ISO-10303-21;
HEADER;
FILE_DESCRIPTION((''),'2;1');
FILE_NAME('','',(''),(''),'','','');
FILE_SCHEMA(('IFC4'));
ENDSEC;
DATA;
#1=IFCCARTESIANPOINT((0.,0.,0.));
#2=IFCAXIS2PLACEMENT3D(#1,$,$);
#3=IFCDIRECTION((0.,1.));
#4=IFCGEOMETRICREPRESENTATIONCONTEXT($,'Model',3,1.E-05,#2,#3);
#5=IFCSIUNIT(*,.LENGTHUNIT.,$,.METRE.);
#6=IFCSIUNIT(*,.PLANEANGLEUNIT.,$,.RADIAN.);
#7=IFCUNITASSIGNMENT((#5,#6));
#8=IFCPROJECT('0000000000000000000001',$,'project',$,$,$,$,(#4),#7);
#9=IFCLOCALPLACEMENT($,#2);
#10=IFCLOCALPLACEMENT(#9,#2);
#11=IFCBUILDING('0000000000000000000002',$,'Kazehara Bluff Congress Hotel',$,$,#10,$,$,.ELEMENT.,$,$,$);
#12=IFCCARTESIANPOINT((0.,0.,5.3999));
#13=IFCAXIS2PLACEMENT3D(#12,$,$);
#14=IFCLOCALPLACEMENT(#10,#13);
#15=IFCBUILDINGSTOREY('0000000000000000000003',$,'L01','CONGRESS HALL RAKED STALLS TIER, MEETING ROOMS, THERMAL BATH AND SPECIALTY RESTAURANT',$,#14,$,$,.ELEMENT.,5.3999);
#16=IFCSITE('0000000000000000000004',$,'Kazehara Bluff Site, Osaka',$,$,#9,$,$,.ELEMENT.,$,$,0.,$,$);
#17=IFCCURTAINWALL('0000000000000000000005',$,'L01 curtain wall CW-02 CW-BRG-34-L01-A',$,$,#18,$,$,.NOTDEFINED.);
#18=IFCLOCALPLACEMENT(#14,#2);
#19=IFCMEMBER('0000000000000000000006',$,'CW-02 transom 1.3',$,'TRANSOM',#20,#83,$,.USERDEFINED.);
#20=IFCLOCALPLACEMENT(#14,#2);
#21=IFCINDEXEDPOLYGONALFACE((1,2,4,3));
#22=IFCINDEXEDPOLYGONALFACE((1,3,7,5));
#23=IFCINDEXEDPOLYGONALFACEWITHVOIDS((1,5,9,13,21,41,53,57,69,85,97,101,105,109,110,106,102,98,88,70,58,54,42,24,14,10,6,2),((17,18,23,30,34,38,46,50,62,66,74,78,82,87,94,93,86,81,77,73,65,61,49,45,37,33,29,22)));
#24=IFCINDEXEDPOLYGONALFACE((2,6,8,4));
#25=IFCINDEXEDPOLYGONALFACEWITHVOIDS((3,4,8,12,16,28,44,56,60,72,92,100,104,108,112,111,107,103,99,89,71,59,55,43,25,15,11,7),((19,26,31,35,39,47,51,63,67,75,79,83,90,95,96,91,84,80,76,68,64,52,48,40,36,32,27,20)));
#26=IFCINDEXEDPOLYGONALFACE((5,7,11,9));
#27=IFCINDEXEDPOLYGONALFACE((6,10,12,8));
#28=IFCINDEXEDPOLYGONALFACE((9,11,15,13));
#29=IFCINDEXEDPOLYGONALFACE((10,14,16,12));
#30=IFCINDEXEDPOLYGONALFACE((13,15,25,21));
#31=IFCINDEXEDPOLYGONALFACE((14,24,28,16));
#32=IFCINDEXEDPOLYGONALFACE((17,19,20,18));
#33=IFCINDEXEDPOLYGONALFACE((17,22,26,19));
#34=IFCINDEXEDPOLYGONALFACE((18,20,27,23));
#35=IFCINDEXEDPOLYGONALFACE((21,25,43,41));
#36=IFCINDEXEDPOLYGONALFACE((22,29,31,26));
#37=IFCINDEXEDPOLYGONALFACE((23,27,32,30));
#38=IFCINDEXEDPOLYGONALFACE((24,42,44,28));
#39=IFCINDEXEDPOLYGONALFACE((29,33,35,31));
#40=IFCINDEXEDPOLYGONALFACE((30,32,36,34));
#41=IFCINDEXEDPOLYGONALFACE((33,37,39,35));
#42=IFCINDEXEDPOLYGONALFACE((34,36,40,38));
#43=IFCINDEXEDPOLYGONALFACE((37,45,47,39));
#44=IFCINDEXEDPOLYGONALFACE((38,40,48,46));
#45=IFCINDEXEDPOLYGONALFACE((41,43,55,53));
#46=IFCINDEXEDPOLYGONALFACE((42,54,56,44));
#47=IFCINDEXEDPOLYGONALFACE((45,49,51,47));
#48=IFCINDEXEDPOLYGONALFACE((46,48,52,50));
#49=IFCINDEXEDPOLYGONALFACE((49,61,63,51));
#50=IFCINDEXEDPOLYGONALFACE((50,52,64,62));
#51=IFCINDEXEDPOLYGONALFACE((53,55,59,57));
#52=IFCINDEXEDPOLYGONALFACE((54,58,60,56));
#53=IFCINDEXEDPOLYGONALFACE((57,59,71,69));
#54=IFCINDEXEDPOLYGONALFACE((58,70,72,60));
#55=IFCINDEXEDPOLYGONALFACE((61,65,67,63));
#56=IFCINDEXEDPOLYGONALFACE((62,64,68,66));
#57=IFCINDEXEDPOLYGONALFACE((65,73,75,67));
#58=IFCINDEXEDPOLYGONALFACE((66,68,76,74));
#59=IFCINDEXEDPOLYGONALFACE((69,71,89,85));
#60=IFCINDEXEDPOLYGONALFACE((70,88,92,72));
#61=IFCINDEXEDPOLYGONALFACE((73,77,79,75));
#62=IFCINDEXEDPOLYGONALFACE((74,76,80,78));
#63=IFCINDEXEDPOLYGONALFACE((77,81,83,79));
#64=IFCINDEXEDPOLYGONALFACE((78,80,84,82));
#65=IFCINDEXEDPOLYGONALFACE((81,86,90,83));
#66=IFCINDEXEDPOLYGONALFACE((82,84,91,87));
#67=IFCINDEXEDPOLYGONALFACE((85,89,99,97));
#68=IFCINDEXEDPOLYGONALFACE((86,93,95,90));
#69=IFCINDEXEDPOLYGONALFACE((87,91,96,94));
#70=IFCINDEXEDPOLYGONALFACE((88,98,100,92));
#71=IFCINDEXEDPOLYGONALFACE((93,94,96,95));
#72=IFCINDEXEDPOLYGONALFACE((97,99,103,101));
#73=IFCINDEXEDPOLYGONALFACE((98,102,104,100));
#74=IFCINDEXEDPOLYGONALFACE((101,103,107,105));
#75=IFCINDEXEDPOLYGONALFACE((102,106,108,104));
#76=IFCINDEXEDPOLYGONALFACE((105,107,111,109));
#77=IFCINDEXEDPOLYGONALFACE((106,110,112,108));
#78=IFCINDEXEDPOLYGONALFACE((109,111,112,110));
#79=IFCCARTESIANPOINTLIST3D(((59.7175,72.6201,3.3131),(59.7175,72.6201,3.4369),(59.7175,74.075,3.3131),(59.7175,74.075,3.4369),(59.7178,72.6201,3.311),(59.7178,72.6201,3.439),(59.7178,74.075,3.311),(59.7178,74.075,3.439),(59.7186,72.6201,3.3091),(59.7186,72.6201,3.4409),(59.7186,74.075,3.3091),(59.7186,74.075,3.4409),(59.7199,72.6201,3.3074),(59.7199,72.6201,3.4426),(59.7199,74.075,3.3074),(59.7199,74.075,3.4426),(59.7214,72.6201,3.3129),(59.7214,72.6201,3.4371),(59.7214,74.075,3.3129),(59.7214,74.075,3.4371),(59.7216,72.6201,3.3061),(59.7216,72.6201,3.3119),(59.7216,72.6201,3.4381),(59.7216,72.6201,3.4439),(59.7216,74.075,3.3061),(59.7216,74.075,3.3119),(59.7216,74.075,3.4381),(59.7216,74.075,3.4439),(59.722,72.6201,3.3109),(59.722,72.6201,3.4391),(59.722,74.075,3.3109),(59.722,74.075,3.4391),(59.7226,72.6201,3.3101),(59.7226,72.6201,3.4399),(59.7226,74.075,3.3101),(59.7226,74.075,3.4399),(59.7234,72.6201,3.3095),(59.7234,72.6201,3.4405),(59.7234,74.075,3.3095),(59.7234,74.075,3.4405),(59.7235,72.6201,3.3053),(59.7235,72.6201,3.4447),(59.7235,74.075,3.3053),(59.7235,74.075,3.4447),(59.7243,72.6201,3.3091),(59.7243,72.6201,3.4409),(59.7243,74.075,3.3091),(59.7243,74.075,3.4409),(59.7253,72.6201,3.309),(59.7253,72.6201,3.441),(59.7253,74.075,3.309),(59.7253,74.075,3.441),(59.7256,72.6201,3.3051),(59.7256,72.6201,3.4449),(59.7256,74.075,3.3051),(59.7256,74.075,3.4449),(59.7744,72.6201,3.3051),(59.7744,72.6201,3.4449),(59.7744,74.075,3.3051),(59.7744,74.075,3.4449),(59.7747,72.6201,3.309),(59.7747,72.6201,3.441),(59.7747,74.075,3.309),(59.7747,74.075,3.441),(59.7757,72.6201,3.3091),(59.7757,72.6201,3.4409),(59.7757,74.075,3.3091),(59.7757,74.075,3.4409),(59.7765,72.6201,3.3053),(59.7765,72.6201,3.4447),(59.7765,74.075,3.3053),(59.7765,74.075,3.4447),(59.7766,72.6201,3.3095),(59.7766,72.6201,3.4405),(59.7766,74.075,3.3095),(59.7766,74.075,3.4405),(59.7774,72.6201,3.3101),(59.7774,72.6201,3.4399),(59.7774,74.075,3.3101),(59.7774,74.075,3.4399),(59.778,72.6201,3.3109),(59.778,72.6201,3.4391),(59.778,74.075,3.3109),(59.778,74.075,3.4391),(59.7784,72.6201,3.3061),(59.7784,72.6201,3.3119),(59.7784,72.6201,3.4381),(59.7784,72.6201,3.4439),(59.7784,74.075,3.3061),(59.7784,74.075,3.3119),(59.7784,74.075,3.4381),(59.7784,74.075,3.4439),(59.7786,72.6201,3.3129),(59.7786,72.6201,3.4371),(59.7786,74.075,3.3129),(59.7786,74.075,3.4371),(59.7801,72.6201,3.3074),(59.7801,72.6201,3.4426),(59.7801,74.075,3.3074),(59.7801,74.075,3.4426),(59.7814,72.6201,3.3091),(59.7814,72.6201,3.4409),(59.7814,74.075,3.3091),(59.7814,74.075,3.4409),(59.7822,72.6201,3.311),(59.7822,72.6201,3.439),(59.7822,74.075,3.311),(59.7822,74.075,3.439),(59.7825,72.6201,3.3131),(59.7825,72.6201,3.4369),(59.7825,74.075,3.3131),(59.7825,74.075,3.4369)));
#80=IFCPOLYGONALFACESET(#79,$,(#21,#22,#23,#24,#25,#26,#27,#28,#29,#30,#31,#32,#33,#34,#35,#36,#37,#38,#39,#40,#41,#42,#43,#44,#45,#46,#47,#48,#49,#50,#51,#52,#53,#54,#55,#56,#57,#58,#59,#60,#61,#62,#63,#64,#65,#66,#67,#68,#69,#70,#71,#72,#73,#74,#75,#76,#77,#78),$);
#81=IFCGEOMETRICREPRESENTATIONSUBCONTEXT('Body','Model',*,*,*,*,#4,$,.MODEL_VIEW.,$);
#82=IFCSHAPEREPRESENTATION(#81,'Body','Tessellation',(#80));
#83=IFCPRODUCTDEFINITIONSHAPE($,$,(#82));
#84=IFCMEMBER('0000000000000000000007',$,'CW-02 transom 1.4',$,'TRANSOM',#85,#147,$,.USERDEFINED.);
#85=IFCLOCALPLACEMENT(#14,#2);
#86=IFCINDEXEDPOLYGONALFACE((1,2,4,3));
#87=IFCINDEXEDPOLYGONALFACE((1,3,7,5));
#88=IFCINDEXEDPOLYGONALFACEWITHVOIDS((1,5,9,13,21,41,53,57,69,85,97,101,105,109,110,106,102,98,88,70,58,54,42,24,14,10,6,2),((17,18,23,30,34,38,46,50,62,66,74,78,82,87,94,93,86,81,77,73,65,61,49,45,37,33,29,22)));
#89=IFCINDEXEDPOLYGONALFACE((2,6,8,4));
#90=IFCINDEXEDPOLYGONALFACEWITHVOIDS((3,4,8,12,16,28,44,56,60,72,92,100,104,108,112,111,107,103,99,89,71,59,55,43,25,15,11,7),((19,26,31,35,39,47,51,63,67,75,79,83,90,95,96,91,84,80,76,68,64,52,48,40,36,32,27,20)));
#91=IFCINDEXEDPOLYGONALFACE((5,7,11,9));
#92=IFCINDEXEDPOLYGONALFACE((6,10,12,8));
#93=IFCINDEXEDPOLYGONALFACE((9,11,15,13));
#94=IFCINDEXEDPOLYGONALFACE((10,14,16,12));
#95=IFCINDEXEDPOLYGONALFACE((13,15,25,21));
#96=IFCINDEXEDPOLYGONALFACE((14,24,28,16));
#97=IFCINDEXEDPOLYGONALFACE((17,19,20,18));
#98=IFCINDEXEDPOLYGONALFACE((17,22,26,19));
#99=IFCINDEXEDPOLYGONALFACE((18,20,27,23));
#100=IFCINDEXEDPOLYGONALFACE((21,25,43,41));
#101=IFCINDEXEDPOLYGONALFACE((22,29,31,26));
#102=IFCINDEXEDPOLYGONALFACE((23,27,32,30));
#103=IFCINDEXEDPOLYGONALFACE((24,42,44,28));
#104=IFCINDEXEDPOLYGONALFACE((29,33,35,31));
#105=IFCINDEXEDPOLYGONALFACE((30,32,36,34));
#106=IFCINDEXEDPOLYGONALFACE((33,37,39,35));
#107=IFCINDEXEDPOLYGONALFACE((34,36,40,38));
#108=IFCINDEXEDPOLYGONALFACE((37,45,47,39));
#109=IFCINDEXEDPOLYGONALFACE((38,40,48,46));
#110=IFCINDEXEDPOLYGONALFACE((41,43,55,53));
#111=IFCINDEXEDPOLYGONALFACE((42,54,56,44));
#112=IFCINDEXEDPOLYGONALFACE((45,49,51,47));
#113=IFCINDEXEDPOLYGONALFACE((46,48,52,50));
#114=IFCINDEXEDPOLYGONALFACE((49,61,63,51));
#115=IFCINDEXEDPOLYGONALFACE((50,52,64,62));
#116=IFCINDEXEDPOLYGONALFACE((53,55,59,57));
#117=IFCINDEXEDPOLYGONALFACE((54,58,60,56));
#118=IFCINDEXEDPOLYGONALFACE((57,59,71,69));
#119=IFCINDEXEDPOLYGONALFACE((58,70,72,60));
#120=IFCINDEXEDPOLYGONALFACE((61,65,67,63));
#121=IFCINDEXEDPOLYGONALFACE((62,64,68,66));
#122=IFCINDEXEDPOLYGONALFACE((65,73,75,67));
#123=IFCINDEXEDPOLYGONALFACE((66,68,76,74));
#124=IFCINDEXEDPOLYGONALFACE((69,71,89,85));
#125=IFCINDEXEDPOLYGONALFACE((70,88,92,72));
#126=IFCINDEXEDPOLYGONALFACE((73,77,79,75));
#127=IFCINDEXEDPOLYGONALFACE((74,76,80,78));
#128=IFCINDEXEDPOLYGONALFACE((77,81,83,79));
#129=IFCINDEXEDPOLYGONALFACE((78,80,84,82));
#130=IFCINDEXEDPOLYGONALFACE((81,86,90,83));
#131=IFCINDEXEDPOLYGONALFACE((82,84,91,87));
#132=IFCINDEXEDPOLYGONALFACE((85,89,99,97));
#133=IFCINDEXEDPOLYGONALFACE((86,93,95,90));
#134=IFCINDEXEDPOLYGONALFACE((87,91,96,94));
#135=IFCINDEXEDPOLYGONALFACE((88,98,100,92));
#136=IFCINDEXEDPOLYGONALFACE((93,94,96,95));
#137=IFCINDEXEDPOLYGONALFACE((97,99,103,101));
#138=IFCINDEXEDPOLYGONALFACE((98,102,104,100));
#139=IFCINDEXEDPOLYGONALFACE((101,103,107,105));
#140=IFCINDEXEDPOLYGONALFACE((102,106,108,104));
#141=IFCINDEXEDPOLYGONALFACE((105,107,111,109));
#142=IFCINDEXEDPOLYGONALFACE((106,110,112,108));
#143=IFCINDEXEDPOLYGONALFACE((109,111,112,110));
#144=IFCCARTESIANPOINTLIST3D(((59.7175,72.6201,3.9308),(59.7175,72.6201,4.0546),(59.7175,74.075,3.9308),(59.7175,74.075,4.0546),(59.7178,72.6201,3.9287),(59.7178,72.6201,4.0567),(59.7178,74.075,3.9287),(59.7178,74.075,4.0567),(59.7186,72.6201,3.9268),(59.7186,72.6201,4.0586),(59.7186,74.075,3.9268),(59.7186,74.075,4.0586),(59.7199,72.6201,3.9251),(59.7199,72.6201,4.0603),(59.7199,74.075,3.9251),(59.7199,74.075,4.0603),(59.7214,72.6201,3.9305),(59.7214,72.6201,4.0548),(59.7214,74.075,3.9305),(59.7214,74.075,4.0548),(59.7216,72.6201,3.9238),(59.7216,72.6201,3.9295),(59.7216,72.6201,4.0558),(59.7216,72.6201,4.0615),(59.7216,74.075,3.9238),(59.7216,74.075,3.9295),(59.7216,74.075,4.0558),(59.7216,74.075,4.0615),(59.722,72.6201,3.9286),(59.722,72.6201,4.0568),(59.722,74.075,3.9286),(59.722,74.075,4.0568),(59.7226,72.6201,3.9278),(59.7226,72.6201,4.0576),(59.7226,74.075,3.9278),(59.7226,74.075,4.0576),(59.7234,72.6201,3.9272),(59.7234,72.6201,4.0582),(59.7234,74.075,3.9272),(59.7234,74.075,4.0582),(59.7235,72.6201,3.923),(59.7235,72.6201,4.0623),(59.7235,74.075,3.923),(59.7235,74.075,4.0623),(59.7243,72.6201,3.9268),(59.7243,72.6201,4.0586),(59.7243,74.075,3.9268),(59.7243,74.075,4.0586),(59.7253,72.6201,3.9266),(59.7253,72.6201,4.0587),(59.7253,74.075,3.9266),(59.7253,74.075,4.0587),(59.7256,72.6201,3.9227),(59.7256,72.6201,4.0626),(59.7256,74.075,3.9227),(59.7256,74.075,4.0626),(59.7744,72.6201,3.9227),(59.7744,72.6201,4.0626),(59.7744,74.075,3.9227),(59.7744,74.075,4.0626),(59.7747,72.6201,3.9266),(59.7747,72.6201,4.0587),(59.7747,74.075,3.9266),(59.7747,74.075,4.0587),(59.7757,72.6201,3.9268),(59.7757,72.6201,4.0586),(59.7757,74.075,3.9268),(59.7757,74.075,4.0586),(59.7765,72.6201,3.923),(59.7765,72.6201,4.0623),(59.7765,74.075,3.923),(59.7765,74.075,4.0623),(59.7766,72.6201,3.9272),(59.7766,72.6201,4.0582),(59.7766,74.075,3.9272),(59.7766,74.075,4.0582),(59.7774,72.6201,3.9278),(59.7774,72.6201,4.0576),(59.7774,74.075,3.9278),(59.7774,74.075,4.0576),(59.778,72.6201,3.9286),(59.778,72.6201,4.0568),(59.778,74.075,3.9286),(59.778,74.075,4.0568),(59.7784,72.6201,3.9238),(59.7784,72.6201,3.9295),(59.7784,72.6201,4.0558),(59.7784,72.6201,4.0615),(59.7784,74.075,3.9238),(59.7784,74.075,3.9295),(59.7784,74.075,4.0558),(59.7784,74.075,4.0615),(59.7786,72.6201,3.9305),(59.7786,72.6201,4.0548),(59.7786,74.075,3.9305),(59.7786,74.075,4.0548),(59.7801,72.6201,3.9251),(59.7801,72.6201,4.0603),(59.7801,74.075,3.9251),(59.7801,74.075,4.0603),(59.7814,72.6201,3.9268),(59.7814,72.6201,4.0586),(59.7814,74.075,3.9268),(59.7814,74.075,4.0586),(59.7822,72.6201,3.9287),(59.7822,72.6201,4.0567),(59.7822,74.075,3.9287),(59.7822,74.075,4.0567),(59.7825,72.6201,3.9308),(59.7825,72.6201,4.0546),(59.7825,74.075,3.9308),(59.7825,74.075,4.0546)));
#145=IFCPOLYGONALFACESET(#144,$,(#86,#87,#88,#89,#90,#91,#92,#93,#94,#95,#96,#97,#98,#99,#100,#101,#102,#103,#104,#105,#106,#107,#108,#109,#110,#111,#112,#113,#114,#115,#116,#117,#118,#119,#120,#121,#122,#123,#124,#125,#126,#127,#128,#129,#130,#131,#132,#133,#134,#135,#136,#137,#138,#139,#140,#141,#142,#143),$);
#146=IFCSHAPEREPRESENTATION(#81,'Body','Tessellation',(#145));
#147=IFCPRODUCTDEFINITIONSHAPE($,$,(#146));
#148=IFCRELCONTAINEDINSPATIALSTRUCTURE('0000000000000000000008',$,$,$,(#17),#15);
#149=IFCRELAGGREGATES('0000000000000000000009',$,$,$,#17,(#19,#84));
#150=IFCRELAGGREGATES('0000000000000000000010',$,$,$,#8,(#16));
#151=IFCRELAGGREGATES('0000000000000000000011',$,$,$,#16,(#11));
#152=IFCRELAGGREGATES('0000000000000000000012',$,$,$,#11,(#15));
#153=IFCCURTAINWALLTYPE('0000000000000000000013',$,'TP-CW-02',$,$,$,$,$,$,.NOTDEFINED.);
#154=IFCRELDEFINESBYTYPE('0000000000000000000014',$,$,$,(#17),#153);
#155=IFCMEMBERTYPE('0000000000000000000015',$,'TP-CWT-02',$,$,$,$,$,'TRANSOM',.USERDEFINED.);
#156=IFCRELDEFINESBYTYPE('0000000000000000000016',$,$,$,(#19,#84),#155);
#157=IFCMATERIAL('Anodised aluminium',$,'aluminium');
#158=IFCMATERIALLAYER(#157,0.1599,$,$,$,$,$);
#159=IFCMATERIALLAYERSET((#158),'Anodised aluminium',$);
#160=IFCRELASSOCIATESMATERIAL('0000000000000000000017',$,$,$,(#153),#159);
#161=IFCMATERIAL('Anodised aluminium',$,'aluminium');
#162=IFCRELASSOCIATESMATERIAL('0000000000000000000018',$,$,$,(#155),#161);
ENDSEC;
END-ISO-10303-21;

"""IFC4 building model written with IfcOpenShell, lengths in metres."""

from ifc_helpers import new_model, si_unit, direction, frame, origin, origin_2d, place, context, subcontext, project, spatial, hollow_rectangle, extrude, material, layer, layer_set, material_profile, profile_set, type_object, element, aggregate, save


model = new_model("IFC4")

# Units and contexts
model_context = context("Model", 3, precision=1e-05, world=origin(), true_north=direction((0.0, 1.0)))
body_context = subcontext(model_context, "Body", "Model", "MODEL_VIEW")
ifc_project = project(units=[si_unit("LENGTHUNIT", "METRE"), si_unit("PLANEANGLEUNIT", "RADIAN")], contexts=[model_context])

# Site, building, storey
site_placement = place(None, origin())
site = spatial("IfcSite", under=ifc_project, at=site_placement, Name="Kazehara Bluff Site, Osaka", CompositionType="ELEMENT", RefElevation=0.0)
building_placement = place(site_placement, origin())
building = spatial("IfcBuilding", under=site, at=building_placement, Name="Kazehara Bluff Congress Hotel", CompositionType="ELEMENT")
storey_placement = place(building_placement, frame((0.0, 0.0, 5.3999)))
storey = spatial("IfcBuildingStorey", under=building, at=storey_placement, Name="L01", Description="CONGRESS HALL RAKED STALLS TIER, MEETING ROOMS, THERMAL BATH AND SPECIALTY RESTAURANT", CompositionType="ELEMENT", Elevation=5.3999)

# Curtain wall, members
ifc_material_1 = material(Name="Anodised aluminium", Category="aluminium")
ifc_layer_1 = layer(ifc_material_1, 0.1599)
ifc_layer_set_1 = layer_set([ifc_layer_1], Name="Anodised aluminium")
curtain_wall_type = type_object("IfcCurtainWallType", Name="TP-CW-02", PredefinedType="NOTDEFINED", material=ifc_layer_set_1)
curtain_wall_placement = place(storey_placement, origin())
curtain_wall = element("IfcCurtainWall", 1, at=curtain_wall_placement, inside=storey, type_object=curtain_wall_type, Name="L01 curtain wall CW-02 CW-BRG-34-L01-A", PredefinedType="NOTDEFINED")
ifc_material_2 = material(Name="Anodised aluminium", Category="aluminium")
ifc_material_profile_1 = material_profile(ifc_material_2, hollow_rectangle(XDim=0.0649, YDim=0.1399, WallThickness=0.0039, InnerFilletRadius=0.0039, OuterFilletRadius=0.0081, at=origin_2d()))
ifc_profile_set_1 = profile_set([ifc_material_profile_1], Name="Anodised aluminium")
member_type_1 = type_object("IfcMemberType", Name="TP-CWT-02", ElementType="TRANSOM", PredefinedType="USERDEFINED", material=ifc_profile_set_1)
member_1_placement = place(storey_placement, frame((59.75, 72.6201, 3.375), z_axis=(0.0, 1.0, 0.0), x_axis=(-1.0, 0.0, 0.0)))
member_1 = element("IfcMember", 2, at=member_1_placement, type_object=member_type_1, Name="CW-02 transom 1.3", ObjectType="TRANSOM", PredefinedType="USERDEFINED", context=body_context, shape_type="SweptSolid", body=[
    extrude(hollow_rectangle(XDim=0.0649, YDim=0.1399, WallThickness=0.0039, InnerFilletRadius=0.0039, OuterFilletRadius=0.0081, at=origin_2d()), origin(), (0.0, 0.0, 1.0), 1.4548),
])
member_2_placement = place(storey_placement, frame((59.75, 72.6201, 3.9927), z_axis=(0.0, 1.0, 0.0), x_axis=(-1.0, 0.0, 0.0)))
member_2 = element("IfcMember", 3, at=member_2_placement, type_object=member_type_1, Name="CW-02 transom 1.4", ObjectType="TRANSOM", PredefinedType="USERDEFINED", context=body_context, shape_type="SweptSolid", body=[
    extrude(hollow_rectangle(XDim=0.0649, YDim=0.1399, WallThickness=0.0039, InnerFilletRadius=0.0039, OuterFilletRadius=0.0081, at=origin_2d()), origin(), (0.0, 0.0, 1.0), 1.4548),
])

aggregate(curtain_wall, [member_1, member_2])

save(model, "model.ifc")
